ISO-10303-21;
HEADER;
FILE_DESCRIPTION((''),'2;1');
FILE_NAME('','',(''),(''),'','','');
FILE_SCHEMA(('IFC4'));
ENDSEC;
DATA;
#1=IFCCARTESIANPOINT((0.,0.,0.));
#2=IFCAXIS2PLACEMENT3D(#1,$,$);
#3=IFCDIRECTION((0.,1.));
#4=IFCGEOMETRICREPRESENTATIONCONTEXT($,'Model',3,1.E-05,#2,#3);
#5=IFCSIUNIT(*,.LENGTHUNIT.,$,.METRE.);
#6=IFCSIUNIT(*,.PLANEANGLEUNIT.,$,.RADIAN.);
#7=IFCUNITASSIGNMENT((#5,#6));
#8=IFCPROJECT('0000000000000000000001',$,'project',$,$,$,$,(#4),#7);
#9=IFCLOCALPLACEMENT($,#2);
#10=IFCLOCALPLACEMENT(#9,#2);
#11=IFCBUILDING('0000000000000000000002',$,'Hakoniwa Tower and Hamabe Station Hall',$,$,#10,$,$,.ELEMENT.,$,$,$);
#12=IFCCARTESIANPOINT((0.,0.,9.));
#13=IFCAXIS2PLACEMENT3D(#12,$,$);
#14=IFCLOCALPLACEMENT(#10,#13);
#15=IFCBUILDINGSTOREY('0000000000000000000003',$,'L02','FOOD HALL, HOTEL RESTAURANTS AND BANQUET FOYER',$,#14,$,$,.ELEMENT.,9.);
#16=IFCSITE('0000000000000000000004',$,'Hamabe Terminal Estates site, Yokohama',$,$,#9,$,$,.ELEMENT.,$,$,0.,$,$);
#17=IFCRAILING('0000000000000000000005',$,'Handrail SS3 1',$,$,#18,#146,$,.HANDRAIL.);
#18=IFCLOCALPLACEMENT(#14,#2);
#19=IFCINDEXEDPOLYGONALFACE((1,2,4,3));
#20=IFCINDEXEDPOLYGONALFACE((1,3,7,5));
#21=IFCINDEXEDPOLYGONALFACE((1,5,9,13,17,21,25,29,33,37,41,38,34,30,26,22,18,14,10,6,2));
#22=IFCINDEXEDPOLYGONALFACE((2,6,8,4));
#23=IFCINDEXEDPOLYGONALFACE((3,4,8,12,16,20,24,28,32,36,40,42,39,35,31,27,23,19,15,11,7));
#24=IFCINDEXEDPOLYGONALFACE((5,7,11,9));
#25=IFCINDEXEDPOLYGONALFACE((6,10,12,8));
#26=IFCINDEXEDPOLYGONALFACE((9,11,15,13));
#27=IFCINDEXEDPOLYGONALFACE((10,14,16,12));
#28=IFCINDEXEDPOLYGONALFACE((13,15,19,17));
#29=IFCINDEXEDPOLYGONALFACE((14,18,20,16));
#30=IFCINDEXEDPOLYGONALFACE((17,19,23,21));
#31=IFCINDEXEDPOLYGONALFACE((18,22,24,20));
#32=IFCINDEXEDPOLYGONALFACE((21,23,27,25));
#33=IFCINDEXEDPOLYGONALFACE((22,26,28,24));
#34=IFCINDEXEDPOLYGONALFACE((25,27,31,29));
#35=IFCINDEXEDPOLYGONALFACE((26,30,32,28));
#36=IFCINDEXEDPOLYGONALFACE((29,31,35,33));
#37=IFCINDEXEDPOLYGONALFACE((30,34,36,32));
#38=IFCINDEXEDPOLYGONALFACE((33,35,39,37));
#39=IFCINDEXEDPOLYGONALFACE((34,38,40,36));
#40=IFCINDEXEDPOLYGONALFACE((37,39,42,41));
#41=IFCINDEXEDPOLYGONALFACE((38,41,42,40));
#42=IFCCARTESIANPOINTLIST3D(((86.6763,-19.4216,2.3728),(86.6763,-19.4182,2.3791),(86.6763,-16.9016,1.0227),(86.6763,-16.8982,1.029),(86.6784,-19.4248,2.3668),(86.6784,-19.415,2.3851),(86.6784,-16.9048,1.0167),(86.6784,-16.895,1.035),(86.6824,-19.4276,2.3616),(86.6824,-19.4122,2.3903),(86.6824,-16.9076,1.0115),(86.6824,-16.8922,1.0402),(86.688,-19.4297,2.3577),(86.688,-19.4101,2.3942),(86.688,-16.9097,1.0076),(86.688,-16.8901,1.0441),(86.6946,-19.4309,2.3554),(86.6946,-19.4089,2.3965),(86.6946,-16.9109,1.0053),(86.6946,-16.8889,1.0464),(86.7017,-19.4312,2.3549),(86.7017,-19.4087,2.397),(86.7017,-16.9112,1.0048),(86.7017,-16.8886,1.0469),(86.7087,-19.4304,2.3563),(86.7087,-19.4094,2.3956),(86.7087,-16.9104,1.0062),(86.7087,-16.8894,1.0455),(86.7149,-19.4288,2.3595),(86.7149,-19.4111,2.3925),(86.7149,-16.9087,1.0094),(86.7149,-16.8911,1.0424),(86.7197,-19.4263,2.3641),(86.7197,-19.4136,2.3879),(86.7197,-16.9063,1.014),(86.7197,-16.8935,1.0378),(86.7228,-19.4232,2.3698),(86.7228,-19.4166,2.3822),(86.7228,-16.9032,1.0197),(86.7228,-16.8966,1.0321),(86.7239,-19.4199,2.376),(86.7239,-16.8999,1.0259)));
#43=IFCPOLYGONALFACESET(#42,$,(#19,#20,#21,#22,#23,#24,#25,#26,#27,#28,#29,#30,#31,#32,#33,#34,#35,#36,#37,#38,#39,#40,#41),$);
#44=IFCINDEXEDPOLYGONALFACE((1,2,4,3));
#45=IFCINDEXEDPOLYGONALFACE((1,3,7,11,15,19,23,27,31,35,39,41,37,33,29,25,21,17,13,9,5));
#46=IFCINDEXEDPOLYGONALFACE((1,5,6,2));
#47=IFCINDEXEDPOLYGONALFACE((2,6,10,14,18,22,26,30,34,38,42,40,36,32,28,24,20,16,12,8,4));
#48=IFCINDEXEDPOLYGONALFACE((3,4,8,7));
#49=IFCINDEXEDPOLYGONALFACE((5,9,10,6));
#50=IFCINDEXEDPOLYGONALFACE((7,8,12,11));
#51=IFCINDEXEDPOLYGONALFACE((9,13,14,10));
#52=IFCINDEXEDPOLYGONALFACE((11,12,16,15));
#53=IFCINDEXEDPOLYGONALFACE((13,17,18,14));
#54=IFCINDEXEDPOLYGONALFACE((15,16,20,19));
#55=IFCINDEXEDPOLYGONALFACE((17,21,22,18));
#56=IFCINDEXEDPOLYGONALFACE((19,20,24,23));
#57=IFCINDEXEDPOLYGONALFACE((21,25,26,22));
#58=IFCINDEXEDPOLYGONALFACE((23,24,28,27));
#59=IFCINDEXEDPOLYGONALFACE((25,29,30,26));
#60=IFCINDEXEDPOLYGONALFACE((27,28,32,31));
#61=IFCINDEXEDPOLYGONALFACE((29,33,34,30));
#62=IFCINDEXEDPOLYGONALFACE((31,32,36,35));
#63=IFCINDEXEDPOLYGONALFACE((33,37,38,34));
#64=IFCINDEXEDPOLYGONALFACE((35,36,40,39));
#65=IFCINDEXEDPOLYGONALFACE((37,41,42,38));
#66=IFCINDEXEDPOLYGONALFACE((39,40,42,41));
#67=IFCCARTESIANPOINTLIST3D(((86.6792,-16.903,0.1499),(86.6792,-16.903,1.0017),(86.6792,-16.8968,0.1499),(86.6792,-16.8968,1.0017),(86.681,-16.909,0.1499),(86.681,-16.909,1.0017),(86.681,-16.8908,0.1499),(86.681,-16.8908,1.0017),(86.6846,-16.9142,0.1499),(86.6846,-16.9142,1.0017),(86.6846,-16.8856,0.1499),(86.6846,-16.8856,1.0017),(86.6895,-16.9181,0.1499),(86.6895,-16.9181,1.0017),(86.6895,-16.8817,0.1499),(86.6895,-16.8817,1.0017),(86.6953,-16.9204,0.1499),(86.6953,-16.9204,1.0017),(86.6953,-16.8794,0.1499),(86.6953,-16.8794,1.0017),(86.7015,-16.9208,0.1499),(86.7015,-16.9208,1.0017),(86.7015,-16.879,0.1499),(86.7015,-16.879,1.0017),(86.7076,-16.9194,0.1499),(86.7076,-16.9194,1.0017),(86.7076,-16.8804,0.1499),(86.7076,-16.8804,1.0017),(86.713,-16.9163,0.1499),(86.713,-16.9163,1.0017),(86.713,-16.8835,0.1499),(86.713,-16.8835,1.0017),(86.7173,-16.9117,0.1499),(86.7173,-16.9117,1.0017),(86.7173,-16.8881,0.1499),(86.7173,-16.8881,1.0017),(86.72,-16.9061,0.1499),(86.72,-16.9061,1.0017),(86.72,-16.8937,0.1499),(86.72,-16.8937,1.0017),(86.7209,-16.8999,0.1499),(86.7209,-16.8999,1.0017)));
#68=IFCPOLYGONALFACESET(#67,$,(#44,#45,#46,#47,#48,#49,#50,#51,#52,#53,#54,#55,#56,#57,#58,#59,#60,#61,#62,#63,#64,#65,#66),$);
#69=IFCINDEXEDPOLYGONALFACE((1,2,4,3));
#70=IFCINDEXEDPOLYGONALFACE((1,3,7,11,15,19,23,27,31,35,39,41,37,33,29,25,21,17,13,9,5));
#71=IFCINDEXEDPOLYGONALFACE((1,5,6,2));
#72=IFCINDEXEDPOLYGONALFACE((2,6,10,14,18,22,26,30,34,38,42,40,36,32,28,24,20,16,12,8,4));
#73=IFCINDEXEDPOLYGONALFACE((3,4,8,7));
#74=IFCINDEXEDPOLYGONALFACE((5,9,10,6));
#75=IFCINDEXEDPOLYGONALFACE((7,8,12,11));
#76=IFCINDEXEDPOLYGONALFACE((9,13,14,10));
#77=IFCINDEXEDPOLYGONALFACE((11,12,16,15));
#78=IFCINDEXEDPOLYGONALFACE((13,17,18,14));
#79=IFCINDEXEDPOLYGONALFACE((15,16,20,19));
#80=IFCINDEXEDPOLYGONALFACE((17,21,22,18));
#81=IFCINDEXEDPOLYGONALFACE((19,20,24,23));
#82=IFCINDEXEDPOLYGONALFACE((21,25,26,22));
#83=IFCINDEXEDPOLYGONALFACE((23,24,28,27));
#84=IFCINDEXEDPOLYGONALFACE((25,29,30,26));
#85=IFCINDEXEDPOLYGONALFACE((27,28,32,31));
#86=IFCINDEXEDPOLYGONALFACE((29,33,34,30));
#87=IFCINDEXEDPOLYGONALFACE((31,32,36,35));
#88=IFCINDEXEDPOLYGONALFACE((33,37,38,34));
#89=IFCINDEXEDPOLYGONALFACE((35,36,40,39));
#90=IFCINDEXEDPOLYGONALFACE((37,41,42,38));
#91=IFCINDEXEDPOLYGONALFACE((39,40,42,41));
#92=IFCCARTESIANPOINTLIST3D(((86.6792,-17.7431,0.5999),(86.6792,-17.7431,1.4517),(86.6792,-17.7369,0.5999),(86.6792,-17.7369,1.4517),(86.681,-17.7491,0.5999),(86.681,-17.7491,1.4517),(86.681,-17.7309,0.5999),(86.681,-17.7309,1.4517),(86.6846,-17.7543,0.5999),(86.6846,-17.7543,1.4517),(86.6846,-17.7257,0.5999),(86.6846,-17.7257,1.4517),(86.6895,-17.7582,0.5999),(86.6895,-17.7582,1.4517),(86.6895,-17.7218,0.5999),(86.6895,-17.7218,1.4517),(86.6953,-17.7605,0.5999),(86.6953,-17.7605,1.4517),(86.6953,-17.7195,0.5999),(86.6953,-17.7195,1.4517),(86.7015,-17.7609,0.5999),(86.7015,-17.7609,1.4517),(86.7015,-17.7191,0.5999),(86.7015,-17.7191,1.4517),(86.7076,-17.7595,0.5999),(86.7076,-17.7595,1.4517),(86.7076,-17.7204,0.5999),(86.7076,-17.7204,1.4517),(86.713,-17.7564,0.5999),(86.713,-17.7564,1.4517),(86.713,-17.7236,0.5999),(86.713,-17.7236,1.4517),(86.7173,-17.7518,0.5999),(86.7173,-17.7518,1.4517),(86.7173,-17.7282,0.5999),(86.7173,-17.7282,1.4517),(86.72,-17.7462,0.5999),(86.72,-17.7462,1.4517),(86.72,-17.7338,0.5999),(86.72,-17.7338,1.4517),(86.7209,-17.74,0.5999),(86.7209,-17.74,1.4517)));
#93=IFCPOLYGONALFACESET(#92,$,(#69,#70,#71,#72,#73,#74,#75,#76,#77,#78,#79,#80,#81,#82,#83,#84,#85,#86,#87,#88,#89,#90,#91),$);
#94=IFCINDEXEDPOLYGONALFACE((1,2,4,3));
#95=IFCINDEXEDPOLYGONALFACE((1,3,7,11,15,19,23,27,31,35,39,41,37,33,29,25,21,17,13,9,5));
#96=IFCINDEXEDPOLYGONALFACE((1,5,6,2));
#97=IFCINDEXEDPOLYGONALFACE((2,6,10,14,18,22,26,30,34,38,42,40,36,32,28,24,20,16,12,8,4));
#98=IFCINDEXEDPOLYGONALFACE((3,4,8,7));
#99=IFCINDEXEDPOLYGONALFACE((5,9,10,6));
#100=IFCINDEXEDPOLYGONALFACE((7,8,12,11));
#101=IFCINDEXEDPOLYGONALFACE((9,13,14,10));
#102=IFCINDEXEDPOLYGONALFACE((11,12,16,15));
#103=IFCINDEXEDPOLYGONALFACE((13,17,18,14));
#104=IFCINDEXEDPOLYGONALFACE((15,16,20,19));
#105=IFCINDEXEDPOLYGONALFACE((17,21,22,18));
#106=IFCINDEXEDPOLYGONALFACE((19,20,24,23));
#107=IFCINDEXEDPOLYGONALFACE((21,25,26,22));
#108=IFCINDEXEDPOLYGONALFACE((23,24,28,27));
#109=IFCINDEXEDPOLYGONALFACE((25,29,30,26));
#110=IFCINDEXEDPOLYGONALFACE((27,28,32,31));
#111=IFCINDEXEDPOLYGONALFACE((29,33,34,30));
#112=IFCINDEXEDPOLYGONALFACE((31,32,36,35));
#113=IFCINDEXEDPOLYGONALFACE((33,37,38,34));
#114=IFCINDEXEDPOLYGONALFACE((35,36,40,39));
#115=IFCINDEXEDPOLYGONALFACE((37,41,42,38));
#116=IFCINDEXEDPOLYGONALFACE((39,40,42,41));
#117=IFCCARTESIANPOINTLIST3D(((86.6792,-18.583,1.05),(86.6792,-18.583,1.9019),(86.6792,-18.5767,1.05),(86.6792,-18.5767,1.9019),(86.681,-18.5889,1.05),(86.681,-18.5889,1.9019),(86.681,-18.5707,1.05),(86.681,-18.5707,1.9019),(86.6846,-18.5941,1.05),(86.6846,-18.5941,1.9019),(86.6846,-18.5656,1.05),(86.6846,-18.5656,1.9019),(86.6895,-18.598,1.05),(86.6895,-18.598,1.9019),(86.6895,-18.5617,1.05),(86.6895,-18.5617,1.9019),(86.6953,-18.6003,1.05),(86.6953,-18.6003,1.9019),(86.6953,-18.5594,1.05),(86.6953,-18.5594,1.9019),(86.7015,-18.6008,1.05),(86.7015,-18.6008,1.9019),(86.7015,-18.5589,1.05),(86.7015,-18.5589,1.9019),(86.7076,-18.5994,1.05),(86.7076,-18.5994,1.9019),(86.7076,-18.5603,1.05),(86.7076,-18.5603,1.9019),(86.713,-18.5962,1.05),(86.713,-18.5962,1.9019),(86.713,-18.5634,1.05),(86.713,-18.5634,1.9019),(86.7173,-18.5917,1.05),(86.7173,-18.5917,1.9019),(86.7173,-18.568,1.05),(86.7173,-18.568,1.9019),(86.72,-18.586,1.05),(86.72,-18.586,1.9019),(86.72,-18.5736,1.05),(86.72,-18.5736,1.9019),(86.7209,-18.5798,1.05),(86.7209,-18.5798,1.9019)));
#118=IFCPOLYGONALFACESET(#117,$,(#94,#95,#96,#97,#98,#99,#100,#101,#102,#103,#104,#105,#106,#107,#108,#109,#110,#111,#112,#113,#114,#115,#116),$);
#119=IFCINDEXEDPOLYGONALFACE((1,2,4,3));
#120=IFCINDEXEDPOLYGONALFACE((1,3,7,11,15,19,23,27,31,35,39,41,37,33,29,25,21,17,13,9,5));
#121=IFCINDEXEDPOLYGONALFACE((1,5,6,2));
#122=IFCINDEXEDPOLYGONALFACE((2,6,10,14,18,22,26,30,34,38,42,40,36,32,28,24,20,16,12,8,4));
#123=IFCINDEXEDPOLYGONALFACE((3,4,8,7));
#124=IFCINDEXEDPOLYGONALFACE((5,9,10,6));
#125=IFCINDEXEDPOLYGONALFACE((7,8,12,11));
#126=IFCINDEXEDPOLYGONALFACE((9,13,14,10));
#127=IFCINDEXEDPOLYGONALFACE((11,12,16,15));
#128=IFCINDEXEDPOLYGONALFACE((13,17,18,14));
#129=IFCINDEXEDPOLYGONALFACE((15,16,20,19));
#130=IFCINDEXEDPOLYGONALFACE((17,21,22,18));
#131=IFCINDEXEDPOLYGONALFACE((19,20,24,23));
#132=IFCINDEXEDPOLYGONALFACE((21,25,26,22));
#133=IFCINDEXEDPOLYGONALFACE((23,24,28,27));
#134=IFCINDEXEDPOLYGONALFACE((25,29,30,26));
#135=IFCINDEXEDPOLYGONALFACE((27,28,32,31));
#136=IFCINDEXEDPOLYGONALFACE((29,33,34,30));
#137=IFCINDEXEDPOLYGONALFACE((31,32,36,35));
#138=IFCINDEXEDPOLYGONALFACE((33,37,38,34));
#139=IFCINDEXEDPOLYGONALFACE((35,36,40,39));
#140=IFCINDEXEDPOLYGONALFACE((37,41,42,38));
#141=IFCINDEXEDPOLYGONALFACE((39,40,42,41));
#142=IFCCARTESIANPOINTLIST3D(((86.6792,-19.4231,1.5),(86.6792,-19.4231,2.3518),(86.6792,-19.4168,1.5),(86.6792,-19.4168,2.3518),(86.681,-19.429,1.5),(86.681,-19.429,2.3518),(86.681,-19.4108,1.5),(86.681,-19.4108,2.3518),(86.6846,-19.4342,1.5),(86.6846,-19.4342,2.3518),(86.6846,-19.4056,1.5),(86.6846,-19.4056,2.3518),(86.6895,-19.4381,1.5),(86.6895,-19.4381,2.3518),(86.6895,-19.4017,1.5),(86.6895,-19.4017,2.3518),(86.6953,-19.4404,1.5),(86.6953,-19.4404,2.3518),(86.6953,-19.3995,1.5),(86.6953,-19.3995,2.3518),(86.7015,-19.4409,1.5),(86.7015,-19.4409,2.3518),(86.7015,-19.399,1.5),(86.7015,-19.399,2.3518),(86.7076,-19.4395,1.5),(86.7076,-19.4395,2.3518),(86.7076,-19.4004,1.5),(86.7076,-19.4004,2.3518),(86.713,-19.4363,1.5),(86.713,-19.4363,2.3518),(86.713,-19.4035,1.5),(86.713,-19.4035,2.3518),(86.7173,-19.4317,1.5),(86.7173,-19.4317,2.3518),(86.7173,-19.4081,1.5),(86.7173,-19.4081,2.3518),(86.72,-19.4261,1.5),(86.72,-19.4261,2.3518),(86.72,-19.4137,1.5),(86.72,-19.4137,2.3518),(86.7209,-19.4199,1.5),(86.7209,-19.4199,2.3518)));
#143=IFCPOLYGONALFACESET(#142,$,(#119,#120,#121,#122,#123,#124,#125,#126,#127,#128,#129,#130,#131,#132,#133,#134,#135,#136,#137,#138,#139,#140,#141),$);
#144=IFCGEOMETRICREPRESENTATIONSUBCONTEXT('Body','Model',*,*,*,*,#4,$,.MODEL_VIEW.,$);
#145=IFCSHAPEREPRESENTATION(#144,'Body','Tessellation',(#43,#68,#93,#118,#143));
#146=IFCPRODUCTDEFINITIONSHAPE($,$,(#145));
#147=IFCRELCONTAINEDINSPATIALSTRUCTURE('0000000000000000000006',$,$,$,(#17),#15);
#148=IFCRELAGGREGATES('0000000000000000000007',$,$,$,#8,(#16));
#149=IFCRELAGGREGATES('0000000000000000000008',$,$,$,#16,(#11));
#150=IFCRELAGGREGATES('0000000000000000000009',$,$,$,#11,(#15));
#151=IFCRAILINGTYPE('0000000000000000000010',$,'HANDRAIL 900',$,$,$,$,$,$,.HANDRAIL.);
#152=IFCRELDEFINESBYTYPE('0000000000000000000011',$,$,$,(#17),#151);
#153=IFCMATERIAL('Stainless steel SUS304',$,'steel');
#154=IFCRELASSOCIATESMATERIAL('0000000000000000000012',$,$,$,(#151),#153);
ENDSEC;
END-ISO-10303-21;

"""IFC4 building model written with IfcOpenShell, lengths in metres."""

from ifc_helpers import new_model, si_unit, direction, frame, origin, origin_2d, place, context, subcontext, project, spatial, circle, extrude, material, type_object, element, save


model = new_model("IFC4")

# Units and contexts
model_context = context("Model", 3, precision=1e-05, world=origin(), true_north=direction((0.0, 1.0)))
body_context = subcontext(model_context, "Body", "Model", "MODEL_VIEW")
ifc_project = project(units=[si_unit("LENGTHUNIT", "METRE"), si_unit("PLANEANGLEUNIT", "RADIAN")], contexts=[model_context])

# Site, building, storey
site_placement = place(None, origin())
site = spatial("IfcSite", under=ifc_project, at=site_placement, Name="Hamabe Terminal Estates site, Yokohama", CompositionType="ELEMENT", RefElevation=0.0)
building_placement = place(site_placement, origin())
building = spatial("IfcBuilding", under=site, at=building_placement, Name="Hakoniwa Tower and Hamabe Station Hall", CompositionType="ELEMENT")
storey_placement = place(building_placement, frame((0.0, 0.0, 9.0)))
storey = spatial("IfcBuildingStorey", under=building, at=storey_placement, Name="L02", Description="FOOD HALL, HOTEL RESTAURANTS AND BANQUET FOYER", CompositionType="ELEMENT", Elevation=9.0)

# Railing
ifc_material_1 = material(Name="Stainless steel SUS304", Category="steel")
railing_type_1 = type_object("IfcRailingType", Name="HANDRAIL 900", PredefinedType="HANDRAIL", material=ifc_material_1)
for number, where, name in (
    (1, (86.7, -16.8999, 0.1499), "Handrail SS3 1"),
):
    element("IfcRailing", number, at=place(storey_placement, frame(where)), inside=storey, type_object=railing_type_1, Name=name, PredefinedType="HANDRAIL", context=body_context, shape_type="SweptSolid", body=[
        extrude(circle(Radius=0.0239, at=origin_2d()), frame((0.0, 0.0, 0.876), z_axis=(0.0, -0.881467, 0.472245), x_axis=(1.0, 0.0, 0.0)), (0.0, 0.0, 1.0), 2.8589),
        extrude(circle(Radius=0.021, at=origin_2d()), origin(), (0.0, 0.0, 1.0), 0.8518),
        extrude(circle(Radius=0.021, at=origin_2d()), frame((0.0, -0.8401, 0.45)), (0.0, 0.0, 1.0), 0.8518),
        extrude(circle(Radius=0.021, at=origin_2d()), frame((0.0, -1.6799, 0.9001)), (0.0, 0.0, 1.0), 0.8518),
        extrude(circle(Radius=0.021, at=origin_2d()), frame((0.0, -2.52, 1.3501)), (0.0, 0.0, 1.0), 0.8518),
    ])

save(model, "model.ifc")
